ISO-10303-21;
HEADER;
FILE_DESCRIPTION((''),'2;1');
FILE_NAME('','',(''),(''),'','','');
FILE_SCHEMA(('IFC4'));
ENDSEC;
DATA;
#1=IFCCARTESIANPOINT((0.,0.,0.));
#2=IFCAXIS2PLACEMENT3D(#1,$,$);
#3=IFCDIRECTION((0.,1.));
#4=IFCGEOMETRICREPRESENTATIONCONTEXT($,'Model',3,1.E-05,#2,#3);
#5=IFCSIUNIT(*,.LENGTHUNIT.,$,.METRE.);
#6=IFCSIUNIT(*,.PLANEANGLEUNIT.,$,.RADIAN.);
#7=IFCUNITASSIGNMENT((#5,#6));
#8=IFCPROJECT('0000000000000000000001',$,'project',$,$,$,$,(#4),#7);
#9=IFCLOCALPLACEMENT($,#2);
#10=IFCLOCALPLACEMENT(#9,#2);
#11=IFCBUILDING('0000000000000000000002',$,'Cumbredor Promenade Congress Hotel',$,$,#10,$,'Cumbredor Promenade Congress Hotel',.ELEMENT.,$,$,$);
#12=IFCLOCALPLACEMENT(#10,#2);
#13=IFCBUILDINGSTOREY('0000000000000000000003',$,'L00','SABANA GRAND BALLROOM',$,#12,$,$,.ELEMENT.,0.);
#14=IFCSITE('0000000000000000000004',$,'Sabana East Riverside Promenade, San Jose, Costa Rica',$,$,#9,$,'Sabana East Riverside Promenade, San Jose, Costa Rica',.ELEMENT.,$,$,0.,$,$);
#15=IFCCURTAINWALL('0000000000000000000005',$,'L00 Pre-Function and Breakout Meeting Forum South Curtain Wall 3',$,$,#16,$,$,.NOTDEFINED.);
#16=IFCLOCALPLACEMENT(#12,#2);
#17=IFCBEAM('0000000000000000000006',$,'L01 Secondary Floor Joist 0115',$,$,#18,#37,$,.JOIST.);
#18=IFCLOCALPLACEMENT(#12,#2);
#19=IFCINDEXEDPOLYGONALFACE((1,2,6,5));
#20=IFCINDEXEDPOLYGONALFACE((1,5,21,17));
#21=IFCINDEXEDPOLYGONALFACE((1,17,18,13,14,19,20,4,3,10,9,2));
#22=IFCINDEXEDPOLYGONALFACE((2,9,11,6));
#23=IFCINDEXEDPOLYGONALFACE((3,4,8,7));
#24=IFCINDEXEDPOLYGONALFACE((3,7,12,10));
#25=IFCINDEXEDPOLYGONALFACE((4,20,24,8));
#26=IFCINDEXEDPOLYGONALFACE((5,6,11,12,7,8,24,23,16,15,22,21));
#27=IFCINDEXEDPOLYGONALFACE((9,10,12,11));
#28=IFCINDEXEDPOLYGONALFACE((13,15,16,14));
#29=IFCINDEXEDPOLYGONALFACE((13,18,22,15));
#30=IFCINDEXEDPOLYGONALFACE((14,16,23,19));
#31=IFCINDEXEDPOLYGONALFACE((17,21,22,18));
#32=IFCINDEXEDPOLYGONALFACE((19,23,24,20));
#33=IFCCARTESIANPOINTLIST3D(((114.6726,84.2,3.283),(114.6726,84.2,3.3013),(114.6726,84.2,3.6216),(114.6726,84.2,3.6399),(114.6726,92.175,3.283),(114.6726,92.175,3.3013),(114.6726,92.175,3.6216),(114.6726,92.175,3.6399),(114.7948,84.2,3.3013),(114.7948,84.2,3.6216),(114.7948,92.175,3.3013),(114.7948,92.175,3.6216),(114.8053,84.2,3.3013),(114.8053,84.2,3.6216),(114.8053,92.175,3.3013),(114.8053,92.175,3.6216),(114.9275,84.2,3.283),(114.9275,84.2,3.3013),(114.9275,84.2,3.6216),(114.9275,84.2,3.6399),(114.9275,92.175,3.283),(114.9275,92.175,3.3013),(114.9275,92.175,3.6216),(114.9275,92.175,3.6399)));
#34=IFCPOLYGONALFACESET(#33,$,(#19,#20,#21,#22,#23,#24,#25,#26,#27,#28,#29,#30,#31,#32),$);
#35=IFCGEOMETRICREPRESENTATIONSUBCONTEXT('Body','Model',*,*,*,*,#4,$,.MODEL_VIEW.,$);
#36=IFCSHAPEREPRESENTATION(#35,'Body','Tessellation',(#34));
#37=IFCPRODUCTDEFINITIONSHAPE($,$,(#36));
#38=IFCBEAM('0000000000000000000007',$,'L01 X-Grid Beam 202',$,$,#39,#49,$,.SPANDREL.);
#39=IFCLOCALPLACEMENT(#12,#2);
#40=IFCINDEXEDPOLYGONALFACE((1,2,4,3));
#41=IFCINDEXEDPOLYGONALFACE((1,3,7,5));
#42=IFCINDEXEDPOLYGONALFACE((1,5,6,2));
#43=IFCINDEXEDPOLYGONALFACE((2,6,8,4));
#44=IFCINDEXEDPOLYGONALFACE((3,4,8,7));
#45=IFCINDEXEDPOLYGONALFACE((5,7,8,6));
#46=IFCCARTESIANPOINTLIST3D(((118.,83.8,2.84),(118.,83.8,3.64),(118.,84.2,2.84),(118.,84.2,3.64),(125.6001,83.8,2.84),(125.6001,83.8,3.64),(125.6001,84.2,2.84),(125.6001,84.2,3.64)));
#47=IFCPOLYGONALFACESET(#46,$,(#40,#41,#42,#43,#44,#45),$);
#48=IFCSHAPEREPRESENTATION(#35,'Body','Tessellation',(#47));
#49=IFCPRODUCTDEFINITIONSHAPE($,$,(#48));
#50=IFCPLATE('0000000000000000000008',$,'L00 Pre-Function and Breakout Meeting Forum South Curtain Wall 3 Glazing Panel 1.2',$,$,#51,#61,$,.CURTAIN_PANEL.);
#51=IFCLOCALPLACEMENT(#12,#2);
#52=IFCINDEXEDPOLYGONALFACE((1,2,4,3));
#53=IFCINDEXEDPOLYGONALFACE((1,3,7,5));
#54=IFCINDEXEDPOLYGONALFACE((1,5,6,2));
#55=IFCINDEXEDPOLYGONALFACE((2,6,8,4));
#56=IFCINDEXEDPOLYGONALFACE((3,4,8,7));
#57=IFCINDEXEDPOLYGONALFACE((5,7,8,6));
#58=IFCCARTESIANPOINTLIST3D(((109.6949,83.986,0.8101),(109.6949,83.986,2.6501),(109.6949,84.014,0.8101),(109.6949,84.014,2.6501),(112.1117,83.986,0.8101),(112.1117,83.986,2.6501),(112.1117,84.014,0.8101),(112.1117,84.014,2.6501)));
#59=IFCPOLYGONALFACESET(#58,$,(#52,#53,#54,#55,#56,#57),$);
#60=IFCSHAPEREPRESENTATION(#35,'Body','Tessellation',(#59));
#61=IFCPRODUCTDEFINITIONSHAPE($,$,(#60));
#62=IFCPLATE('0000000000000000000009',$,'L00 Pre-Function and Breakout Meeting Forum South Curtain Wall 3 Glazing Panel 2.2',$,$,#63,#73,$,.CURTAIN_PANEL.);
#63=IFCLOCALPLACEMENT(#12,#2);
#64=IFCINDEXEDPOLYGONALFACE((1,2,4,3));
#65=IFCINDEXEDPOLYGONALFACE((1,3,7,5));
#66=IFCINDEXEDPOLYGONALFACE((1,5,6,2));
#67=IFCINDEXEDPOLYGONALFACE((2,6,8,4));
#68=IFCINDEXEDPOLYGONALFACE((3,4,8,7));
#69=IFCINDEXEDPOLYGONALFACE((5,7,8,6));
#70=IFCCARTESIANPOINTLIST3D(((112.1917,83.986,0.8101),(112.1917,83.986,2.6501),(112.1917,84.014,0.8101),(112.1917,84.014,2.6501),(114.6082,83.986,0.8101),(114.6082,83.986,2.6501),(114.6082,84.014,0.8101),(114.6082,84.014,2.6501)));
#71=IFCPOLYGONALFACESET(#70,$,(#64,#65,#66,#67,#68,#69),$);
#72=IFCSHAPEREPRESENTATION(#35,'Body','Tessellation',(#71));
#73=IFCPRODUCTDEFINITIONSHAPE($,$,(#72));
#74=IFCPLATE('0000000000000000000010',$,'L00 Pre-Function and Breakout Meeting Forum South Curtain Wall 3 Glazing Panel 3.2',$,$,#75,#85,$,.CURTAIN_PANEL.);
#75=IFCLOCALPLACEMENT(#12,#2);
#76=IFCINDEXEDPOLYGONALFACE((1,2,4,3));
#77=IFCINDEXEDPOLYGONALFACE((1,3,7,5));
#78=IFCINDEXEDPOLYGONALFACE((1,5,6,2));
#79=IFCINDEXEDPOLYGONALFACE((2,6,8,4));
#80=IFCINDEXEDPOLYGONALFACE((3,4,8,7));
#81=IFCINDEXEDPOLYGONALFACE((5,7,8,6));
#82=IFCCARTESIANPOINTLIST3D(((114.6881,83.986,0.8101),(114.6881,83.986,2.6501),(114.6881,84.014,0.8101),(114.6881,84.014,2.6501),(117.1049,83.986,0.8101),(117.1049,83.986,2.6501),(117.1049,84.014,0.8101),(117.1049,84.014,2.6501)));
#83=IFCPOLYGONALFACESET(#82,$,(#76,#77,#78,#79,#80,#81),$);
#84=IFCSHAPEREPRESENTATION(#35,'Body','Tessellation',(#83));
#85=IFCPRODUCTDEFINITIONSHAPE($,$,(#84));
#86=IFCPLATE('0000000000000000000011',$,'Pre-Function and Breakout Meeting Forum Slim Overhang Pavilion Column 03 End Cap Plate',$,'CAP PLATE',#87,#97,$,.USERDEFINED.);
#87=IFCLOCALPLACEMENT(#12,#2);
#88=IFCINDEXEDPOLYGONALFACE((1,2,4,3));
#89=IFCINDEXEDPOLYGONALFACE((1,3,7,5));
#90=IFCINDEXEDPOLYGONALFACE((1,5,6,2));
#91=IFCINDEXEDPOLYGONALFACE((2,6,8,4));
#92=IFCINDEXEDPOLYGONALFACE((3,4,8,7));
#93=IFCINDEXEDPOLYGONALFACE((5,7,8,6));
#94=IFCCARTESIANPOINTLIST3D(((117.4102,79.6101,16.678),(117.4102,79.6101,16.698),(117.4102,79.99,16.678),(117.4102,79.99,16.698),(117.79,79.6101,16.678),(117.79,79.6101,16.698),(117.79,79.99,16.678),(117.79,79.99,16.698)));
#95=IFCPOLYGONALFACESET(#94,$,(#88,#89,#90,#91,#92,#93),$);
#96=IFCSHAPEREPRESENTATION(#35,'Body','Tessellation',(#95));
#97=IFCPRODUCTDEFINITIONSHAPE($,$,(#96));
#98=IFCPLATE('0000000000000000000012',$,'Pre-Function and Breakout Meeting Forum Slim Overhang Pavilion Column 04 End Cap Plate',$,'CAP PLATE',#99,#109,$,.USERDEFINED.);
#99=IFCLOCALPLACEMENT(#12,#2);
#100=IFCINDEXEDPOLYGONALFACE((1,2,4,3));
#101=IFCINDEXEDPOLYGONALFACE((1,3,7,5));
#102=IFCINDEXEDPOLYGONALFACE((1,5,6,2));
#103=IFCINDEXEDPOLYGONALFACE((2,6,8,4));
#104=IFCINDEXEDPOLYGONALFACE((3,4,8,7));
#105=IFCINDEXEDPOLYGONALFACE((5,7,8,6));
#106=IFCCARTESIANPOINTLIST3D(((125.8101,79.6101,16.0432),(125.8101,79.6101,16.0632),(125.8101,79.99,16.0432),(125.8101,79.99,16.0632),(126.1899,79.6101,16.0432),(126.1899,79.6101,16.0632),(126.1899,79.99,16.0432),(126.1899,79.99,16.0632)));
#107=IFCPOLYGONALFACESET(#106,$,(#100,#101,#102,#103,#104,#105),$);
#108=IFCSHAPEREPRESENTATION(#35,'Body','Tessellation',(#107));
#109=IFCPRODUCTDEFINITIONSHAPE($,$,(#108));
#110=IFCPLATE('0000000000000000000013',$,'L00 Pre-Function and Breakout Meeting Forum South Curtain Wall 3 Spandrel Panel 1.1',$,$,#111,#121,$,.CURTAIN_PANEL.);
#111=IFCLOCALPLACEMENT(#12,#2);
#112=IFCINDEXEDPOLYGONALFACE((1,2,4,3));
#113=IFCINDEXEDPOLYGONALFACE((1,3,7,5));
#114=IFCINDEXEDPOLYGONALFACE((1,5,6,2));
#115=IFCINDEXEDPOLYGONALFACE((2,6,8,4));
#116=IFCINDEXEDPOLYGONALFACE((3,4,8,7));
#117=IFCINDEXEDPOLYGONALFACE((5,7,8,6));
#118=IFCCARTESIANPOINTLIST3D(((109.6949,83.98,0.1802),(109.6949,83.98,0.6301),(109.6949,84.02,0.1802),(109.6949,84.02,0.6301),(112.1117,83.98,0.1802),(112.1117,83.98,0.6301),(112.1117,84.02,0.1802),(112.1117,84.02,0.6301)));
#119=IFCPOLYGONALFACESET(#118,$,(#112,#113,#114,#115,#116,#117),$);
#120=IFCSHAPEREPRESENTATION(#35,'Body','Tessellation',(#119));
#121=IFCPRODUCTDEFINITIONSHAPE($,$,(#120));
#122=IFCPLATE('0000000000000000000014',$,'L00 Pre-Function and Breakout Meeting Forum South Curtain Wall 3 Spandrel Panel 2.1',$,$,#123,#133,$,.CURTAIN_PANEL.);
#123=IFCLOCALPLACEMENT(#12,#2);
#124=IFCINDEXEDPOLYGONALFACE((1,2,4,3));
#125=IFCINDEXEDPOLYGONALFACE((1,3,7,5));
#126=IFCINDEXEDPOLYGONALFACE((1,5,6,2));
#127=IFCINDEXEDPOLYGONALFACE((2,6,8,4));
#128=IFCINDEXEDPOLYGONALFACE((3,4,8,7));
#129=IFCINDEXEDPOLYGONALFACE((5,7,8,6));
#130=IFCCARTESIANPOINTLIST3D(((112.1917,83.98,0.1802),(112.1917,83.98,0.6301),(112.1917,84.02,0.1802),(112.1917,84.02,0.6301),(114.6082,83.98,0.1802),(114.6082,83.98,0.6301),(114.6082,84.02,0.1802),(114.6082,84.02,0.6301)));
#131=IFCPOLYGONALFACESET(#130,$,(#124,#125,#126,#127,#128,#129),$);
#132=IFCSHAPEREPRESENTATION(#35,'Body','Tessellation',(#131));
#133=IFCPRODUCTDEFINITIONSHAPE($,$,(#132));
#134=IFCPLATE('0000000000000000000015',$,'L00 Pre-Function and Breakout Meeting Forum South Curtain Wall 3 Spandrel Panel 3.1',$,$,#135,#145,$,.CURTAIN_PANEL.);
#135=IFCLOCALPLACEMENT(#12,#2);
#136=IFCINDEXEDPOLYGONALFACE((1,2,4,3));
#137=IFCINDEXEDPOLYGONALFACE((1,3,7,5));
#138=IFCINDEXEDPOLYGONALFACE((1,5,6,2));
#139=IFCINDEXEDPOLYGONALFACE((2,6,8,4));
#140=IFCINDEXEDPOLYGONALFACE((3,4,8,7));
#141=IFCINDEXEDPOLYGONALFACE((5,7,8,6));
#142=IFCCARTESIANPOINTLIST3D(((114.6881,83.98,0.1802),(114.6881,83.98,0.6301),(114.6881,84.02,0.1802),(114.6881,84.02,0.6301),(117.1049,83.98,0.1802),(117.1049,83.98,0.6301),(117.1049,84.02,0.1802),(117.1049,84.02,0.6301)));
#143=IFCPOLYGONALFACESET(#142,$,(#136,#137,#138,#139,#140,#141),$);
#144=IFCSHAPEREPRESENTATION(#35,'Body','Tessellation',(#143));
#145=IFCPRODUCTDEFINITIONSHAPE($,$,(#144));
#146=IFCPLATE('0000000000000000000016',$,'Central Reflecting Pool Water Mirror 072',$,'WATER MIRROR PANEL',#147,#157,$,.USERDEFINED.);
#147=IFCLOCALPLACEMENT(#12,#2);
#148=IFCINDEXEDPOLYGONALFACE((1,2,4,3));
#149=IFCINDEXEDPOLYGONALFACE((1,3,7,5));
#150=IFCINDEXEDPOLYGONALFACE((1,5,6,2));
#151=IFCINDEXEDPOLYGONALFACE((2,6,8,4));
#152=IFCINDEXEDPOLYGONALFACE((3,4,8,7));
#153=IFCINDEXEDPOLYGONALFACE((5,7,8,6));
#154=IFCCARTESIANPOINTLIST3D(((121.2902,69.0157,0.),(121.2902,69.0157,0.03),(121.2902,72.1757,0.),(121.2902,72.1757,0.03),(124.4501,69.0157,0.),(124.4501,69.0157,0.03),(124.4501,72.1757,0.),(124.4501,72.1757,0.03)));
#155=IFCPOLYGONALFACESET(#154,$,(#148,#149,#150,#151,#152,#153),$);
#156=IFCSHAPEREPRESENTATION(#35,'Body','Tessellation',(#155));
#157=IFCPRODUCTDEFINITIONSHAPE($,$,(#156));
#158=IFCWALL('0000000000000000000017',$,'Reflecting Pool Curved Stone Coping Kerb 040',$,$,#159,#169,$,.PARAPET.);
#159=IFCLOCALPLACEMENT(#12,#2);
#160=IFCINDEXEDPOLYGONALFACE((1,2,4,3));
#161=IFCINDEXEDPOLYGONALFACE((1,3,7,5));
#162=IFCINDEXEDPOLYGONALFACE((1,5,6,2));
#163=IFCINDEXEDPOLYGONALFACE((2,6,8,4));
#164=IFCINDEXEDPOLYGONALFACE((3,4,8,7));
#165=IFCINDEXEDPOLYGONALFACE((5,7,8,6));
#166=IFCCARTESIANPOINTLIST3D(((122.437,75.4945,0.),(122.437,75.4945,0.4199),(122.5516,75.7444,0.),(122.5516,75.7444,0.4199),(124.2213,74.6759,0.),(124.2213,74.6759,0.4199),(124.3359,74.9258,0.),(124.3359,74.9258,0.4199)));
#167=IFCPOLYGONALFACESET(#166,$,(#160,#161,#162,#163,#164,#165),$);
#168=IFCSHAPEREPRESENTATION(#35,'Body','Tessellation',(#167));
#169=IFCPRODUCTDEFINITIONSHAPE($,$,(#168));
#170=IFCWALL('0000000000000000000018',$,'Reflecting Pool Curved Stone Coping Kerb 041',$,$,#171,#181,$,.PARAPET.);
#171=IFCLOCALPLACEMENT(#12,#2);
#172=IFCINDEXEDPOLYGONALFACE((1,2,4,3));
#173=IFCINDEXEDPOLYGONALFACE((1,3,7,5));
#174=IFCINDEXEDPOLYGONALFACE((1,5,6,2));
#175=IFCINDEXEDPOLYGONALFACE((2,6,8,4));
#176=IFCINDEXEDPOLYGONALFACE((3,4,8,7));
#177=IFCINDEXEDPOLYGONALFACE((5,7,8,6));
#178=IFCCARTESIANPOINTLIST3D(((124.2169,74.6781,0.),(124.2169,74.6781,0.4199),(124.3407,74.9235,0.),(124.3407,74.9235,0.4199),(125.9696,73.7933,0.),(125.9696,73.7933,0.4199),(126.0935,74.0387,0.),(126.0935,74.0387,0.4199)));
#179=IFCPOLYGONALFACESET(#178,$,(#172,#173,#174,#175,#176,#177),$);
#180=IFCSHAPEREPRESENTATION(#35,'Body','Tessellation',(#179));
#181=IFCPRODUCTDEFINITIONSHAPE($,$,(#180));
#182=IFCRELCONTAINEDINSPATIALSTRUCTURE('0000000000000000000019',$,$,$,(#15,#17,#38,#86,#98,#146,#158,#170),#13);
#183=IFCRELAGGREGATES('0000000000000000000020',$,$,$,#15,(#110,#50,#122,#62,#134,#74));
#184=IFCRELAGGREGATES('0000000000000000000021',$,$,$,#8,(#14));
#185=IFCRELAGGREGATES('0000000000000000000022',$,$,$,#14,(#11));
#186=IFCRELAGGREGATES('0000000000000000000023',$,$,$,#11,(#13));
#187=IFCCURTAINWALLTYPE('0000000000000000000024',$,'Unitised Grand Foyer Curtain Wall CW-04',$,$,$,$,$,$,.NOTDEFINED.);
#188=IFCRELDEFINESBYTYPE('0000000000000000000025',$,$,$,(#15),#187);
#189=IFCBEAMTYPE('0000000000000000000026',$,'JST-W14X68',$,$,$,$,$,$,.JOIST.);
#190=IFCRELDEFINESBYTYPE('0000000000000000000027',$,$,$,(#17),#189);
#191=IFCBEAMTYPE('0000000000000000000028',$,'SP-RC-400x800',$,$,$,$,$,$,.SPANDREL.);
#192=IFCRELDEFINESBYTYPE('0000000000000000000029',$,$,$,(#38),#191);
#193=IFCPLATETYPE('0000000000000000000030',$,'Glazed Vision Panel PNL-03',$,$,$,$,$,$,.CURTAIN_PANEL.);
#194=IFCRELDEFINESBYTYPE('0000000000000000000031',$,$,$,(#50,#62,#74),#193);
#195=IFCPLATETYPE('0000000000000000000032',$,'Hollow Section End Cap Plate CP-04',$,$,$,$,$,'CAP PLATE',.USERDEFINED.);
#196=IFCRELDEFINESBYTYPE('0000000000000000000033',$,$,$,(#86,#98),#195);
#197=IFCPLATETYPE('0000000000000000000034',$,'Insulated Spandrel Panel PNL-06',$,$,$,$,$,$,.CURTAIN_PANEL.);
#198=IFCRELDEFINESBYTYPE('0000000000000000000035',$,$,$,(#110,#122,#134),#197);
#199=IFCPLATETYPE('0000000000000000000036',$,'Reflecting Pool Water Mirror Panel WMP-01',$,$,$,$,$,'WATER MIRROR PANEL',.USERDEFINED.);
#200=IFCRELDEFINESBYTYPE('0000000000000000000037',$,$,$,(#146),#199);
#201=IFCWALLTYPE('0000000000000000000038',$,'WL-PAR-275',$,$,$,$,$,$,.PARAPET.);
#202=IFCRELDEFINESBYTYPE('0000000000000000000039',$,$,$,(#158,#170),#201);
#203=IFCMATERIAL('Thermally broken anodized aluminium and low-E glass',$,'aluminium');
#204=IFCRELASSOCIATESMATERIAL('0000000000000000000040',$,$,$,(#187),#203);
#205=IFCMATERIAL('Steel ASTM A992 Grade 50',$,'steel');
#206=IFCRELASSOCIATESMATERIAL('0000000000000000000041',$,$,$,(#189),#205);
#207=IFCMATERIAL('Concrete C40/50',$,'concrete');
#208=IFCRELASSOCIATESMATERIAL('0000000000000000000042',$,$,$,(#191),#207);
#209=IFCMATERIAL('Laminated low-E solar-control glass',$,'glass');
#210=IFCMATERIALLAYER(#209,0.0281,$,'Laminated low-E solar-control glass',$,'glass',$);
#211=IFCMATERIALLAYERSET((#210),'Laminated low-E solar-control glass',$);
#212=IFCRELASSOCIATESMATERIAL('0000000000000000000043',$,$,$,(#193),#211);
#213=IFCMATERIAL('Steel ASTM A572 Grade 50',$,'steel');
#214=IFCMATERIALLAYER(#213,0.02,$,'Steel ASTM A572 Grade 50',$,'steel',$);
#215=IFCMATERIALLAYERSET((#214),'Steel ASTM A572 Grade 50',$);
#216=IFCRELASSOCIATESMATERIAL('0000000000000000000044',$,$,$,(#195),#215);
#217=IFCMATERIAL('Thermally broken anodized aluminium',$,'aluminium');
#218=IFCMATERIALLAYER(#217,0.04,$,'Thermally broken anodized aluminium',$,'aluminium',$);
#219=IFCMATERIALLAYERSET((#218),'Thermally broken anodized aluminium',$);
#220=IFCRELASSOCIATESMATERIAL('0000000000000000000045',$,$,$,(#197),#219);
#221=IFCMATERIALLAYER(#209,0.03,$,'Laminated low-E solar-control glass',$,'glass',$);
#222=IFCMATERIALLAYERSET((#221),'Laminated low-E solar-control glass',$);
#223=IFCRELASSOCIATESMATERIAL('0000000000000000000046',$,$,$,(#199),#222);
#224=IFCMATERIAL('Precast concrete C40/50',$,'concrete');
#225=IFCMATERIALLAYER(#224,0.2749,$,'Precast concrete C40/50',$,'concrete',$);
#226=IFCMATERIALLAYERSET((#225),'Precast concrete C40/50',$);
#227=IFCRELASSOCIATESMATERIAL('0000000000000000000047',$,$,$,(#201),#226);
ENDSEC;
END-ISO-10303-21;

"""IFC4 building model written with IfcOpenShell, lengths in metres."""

from ifc_helpers import new_model, si_unit, direction, frame, frame_2d, origin, origin_2d, place, context, subcontext, project, spatial, rectangle, i_section, extrude, material, layer, layer_set, material_profile, profile_set, type_object, element, aggregate, save


model = new_model("IFC4")

# Units and contexts
model_context = context("Model", 3, precision=1e-05, world=origin(), true_north=direction((0.0, 1.0)))
body_context = subcontext(model_context, "Body", "Model", "MODEL_VIEW")
ifc_project = project(units=[si_unit("LENGTHUNIT", "METRE"), si_unit("PLANEANGLEUNIT", "RADIAN")], contexts=[model_context])

# Site, building, storey
site_placement = place(None, origin())
site = spatial("IfcSite", under=ifc_project, at=site_placement, Name="Sabana East Riverside Promenade, San Jose, Costa Rica", LongName="Sabana East Riverside Promenade, San Jose, Costa Rica", CompositionType="ELEMENT", RefElevation=0.0)
building_placement = place(site_placement, origin())
building = spatial("IfcBuilding", under=site, at=building_placement, Name="Cumbredor Promenade Congress Hotel", LongName="Cumbredor Promenade Congress Hotel", CompositionType="ELEMENT")
storey_placement = place(building_placement, origin())
storey = spatial("IfcBuildingStorey", under=building, at=storey_placement, Name="L00", Description="SABANA GRAND BALLROOM", CompositionType="ELEMENT", Elevation=0.0)

# Curtain wall
ifc_material_1 = material(Name="Thermally broken anodized aluminium and low-E glass", Category="aluminium")
curtain_wall_type = type_object("IfcCurtainWallType", Name="Unitised Grand Foyer Curtain Wall CW-04", PredefinedType="NOTDEFINED", material=ifc_material_1)
curtain_wall_placement = place(storey_placement, origin())
curtain_wall = element("IfcCurtainWall", 1, at=curtain_wall_placement, inside=storey, type_object=curtain_wall_type, Name="L00 Pre-Function and Breakout Meeting Forum South Curtain Wall 3", PredefinedType="NOTDEFINED")
ifc_material_2 = material(Name="Thermally broken anodized aluminium", Category="aluminium")

# Beams
ifc_material_3 = material(Name="Steel ASTM A992 Grade 50", Category="steel")
ifc_material_profile_1 = material_profile(ifc_material_3, i_section(OverallWidth=0.2549, OverallDepth=0.3569, WebThickness=0.0105, FlangeThickness=0.0183, at=origin_2d()), Name="W14X68")
ifc_profile_set_1 = profile_set([ifc_material_profile_1], Name="Steel ASTM A992 Grade 50")
beam_type_1 = type_object("IfcBeamType", Name="JST-W14X68", PredefinedType="JOIST", material=ifc_profile_set_1)
for number, where, z_axis, x_axis, name in (
    (2, (114.8, 84.2, 3.4614), (0.0, 1.0, 0.0), (-1.0, 0.0, 0.0), "L01 Secondary Floor Joist 0115"),
):
    element("IfcBeam", number, at=place(storey_placement, frame(where, z_axis=z_axis, x_axis=x_axis)), inside=storey, type_object=beam_type_1, Name=name, PredefinedType="JOIST", context=body_context, shape_type="SweptSolid", body=[
        extrude(i_section(OverallWidth=0.2549, OverallDepth=0.3569, WebThickness=0.0105, FlangeThickness=0.0183, at=origin_2d()), origin(), (0.0, 0.0, 1.0), 7.9751),
    ])
ifc_material_4 = material(Name="Concrete C40/50", Category="concrete")
ifc_material_profile_2 = material_profile(ifc_material_4, rectangle(XDim=0.3999, YDim=0.8, at=origin_2d()), Name="RC SPANDREL 400x800")
ifc_profile_set_2 = profile_set([ifc_material_profile_2], Name="Concrete C40/50")
beam_type_2 = type_object("IfcBeamType", Name="SP-RC-400x800", PredefinedType="SPANDREL", material=ifc_profile_set_2)
beam_placement = place(storey_placement, frame((118.0, 84.0, 3.24), z_axis=(1.0, 0.0, 0.0), x_axis=(0.0, 1.0, 0.0)))
element("IfcBeam", 3, at=beam_placement, inside=storey, type_object=beam_type_2, Name="L01 X-Grid Beam 202", PredefinedType="SPANDREL", context=body_context, shape_type="SweptSolid", body=[
    extrude(rectangle(XDim=0.3999, YDim=0.8, at=origin_2d()), origin(), (0.0, 0.0, 1.0), 7.6001),
])

# Plates
ifc_material_5 = material(Name="Laminated low-E solar-control glass", Category="glass")
ifc_layer_1 = layer(ifc_material_5, 0.0281, Name="Laminated low-E solar-control glass", Category="glass")
ifc_layer_set_1 = layer_set([ifc_layer_1], Name="Laminated low-E solar-control glass")
plate_type_1 = type_object("IfcPlateType", Name="Glazed Vision Panel PNL-03", PredefinedType="CURTAIN_PANEL", material=ifc_layer_set_1)
plate_1_placement = place(storey_placement, frame((110.9033, 84.0, 0.8101), z_axis=(0.0, 0.0, 1.0), x_axis=(1.0, 0.0, 0.0)))
plate_1 = element("IfcPlate", 4, at=plate_1_placement, type_object=plate_type_1, Name="L00 Pre-Function and Breakout Meeting Forum South Curtain Wall 3 Glazing Panel 1.2", PredefinedType="CURTAIN_PANEL", context=body_context, shape_type="SweptSolid", body=[
    extrude(rectangle(XDim=2.4167, YDim=0.0281, at=origin_2d()), origin(), (0.0, 0.0, 1.0), 1.8401),
])
plate_2_placement = place(storey_placement, frame((113.3999, 84.0, 0.8101), z_axis=(0.0, 0.0, 1.0), x_axis=(1.0, 0.0, 0.0)))
plate_2 = element("IfcPlate", 5, at=plate_2_placement, type_object=plate_type_1, Name="L00 Pre-Function and Breakout Meeting Forum South Curtain Wall 3 Glazing Panel 2.2", PredefinedType="CURTAIN_PANEL", context=body_context, shape_type="SweptSolid", body=[
    extrude(rectangle(XDim=2.4165, YDim=0.0281, at=origin_2d()), origin(), (0.0, 0.0, 1.0), 1.8401),
])
plate_3_placement = place(storey_placement, frame((115.8965, 84.0, 0.8101), z_axis=(0.0, 0.0, 1.0), x_axis=(1.0, 0.0, 0.0)))
plate_3 = element("IfcPlate", 6, at=plate_3_placement, type_object=plate_type_1, Name="L00 Pre-Function and Breakout Meeting Forum South Curtain Wall 3 Glazing Panel 3.2", PredefinedType="CURTAIN_PANEL", context=body_context, shape_type="SweptSolid", body=[
    extrude(rectangle(XDim=2.4167, YDim=0.0281, at=origin_2d()), origin(), (0.0, 0.0, 1.0), 1.8401),
])

# Plates
ifc_material_6 = material(Name="Steel ASTM A572 Grade 50", Category="steel")
ifc_layer_2 = layer(ifc_material_6, 0.02, Name="Steel ASTM A572 Grade 50", Category="steel")
ifc_layer_set_2 = layer_set([ifc_layer_2], Name="Steel ASTM A572 Grade 50")
plate_type_2 = type_object("IfcPlateType", Name="Hollow Section End Cap Plate CP-04", ElementType="CAP PLATE", PredefinedType="USERDEFINED", material=ifc_layer_set_2)
for number, where, z_axis, x_axis, name in (
    (7, (117.6001, 79.8, 16.678), (0.0, 0.0, 1.0), (1.0, 0.0, 0.0), "Pre-Function and Breakout Meeting Forum Slim Overhang Pavilion Column 03 End Cap Plate"),
    (8, (126.0, 79.8, 16.0432), (0.0, 0.0, 1.0), (1.0, 0.0, 0.0), "Pre-Function and Breakout Meeting Forum Slim Overhang Pavilion Column 04 End Cap Plate"),
):
    element("IfcPlate", number, at=place(storey_placement, frame(where, z_axis=z_axis, x_axis=x_axis)), inside=storey, type_object=plate_type_2, Name=name, ObjectType="CAP PLATE", PredefinedType="USERDEFINED", context=body_context, shape_type="SweptSolid", body=[
        extrude(rectangle(XDim=0.3799, YDim=0.3799, at=origin_2d()), origin(), (0.0, 0.0, 1.0), 0.02),
    ])

# Plates
ifc_layer_3 = layer(ifc_material_2, 0.04, Name="Thermally broken anodized aluminium", Category="aluminium")
ifc_layer_set_3 = layer_set([ifc_layer_3], Name="Thermally broken anodized aluminium")
plate_type_3 = type_object("IfcPlateType", Name="Insulated Spandrel Panel PNL-06", PredefinedType="CURTAIN_PANEL", material=ifc_layer_set_3)
plate_4_placement = place(storey_placement, frame((110.9033, 84.0, 0.1802), z_axis=(0.0, 0.0, 1.0), x_axis=(1.0, 0.0, 0.0)))
plate_4 = element("IfcPlate", 9, at=plate_4_placement, type_object=plate_type_3, Name="L00 Pre-Function and Breakout Meeting Forum South Curtain Wall 3 Spandrel Panel 1.1", PredefinedType="CURTAIN_PANEL", context=body_context, shape_type="SweptSolid", body=[
    extrude(rectangle(XDim=2.4167, YDim=0.04, at=origin_2d()), origin(), (0.0, 0.0, 1.0), 0.45),
])
plate_5_placement = place(storey_placement, frame((113.3999, 84.0, 0.1802), z_axis=(0.0, 0.0, 1.0), x_axis=(1.0, 0.0, 0.0)))
plate_5 = element("IfcPlate", 10, at=plate_5_placement, type_object=plate_type_3, Name="L00 Pre-Function and Breakout Meeting Forum South Curtain Wall 3 Spandrel Panel 2.1", PredefinedType="CURTAIN_PANEL", context=body_context, shape_type="SweptSolid", body=[
    extrude(rectangle(XDim=2.4165, YDim=0.04, at=origin_2d()), origin(), (0.0, 0.0, 1.0), 0.45),
])
plate_6_placement = place(storey_placement, frame((115.8965, 84.0, 0.1802), z_axis=(0.0, 0.0, 1.0), x_axis=(1.0, 0.0, 0.0)))
plate_6 = element("IfcPlate", 11, at=plate_6_placement, type_object=plate_type_3, Name="L00 Pre-Function and Breakout Meeting Forum South Curtain Wall 3 Spandrel Panel 3.1", PredefinedType="CURTAIN_PANEL", context=body_context, shape_type="SweptSolid", body=[
    extrude(rectangle(XDim=2.4167, YDim=0.04, at=origin_2d()), origin(), (0.0, 0.0, 1.0), 0.45),
])
aggregate(curtain_wall, [plate_4, plate_1, plate_5, plate_2, plate_6, plate_3])
ifc_layer_4 = layer(ifc_material_5, 0.03, Name="Laminated low-E solar-control glass", Category="glass")
ifc_layer_set_4 = layer_set([ifc_layer_4], Name="Laminated low-E solar-control glass")
plate_type_4 = type_object("IfcPlateType", Name="Reflecting Pool Water Mirror Panel WMP-01", ElementType="WATER MIRROR PANEL", PredefinedType="USERDEFINED", material=ifc_layer_set_4)
plate_7_placement = place(storey_placement, frame((122.8701, 70.5957, 0.0), z_axis=(0.0, 0.0, 1.0), x_axis=(1.0, 0.0, 0.0)))
element("IfcPlate", 12, at=plate_7_placement, inside=storey, type_object=plate_type_4, Name="Central Reflecting Pool Water Mirror 072", ObjectType="WATER MIRROR PANEL", PredefinedType="USERDEFINED", context=body_context, shape_type="SweptSolid", body=[
    extrude(rectangle(XDim=3.1599, YDim=3.1599, at=origin_2d()), origin(), (0.0, 0.0, 1.0), 0.03),
])

# Walls
ifc_material_7 = material(Name="Precast concrete C40/50", Category="concrete")
ifc_layer_5 = layer(ifc_material_7, 0.2749, Name="Precast concrete C40/50", Category="concrete")
ifc_layer_set_5 = layer_set([ifc_layer_5], Name="Precast concrete C40/50")
wall_type = type_object("IfcWallType", Name="WL-PAR-275", PredefinedType="PARAPET", material=ifc_layer_set_5)
wall_1_placement = place(storey_placement, frame((122.4944, 75.6194, 0.0), z_axis=(0.0, 0.0, 1.0), x_axis=(0.908922, -0.416967, 0.0)))
element("IfcWall", 13, at=wall_1_placement, inside=storey, type_object=wall_type, Name="Reflecting Pool Curved Stone Coping Kerb 040", PredefinedType="PARAPET", context=body_context, shape_type="SweptSolid", body=[
    extrude(rectangle(XDim=1.9631, YDim=0.2749, at=frame_2d((0.9814, 0.0))), origin(), (0.0, 0.0, 1.0), 0.4199),
])
wall_2_placement = place(storey_placement, frame((124.2788, 74.8008, 0.0), z_axis=(0.0, 0.0, 1.0), x_axis=(0.892705, -0.450642, 0.0)))
element("IfcWall", 14, at=wall_2_placement, inside=storey, type_object=wall_type, Name="Reflecting Pool Curved Stone Coping Kerb 041", PredefinedType="PARAPET", context=body_context, shape_type="SweptSolid", body=[
    extrude(rectangle(XDim=1.9634, YDim=0.2749, at=frame_2d((0.9817, 0.0))), origin(), (0.0, 0.0, 1.0), 0.4199),
])

save(model, "model.ifc")
